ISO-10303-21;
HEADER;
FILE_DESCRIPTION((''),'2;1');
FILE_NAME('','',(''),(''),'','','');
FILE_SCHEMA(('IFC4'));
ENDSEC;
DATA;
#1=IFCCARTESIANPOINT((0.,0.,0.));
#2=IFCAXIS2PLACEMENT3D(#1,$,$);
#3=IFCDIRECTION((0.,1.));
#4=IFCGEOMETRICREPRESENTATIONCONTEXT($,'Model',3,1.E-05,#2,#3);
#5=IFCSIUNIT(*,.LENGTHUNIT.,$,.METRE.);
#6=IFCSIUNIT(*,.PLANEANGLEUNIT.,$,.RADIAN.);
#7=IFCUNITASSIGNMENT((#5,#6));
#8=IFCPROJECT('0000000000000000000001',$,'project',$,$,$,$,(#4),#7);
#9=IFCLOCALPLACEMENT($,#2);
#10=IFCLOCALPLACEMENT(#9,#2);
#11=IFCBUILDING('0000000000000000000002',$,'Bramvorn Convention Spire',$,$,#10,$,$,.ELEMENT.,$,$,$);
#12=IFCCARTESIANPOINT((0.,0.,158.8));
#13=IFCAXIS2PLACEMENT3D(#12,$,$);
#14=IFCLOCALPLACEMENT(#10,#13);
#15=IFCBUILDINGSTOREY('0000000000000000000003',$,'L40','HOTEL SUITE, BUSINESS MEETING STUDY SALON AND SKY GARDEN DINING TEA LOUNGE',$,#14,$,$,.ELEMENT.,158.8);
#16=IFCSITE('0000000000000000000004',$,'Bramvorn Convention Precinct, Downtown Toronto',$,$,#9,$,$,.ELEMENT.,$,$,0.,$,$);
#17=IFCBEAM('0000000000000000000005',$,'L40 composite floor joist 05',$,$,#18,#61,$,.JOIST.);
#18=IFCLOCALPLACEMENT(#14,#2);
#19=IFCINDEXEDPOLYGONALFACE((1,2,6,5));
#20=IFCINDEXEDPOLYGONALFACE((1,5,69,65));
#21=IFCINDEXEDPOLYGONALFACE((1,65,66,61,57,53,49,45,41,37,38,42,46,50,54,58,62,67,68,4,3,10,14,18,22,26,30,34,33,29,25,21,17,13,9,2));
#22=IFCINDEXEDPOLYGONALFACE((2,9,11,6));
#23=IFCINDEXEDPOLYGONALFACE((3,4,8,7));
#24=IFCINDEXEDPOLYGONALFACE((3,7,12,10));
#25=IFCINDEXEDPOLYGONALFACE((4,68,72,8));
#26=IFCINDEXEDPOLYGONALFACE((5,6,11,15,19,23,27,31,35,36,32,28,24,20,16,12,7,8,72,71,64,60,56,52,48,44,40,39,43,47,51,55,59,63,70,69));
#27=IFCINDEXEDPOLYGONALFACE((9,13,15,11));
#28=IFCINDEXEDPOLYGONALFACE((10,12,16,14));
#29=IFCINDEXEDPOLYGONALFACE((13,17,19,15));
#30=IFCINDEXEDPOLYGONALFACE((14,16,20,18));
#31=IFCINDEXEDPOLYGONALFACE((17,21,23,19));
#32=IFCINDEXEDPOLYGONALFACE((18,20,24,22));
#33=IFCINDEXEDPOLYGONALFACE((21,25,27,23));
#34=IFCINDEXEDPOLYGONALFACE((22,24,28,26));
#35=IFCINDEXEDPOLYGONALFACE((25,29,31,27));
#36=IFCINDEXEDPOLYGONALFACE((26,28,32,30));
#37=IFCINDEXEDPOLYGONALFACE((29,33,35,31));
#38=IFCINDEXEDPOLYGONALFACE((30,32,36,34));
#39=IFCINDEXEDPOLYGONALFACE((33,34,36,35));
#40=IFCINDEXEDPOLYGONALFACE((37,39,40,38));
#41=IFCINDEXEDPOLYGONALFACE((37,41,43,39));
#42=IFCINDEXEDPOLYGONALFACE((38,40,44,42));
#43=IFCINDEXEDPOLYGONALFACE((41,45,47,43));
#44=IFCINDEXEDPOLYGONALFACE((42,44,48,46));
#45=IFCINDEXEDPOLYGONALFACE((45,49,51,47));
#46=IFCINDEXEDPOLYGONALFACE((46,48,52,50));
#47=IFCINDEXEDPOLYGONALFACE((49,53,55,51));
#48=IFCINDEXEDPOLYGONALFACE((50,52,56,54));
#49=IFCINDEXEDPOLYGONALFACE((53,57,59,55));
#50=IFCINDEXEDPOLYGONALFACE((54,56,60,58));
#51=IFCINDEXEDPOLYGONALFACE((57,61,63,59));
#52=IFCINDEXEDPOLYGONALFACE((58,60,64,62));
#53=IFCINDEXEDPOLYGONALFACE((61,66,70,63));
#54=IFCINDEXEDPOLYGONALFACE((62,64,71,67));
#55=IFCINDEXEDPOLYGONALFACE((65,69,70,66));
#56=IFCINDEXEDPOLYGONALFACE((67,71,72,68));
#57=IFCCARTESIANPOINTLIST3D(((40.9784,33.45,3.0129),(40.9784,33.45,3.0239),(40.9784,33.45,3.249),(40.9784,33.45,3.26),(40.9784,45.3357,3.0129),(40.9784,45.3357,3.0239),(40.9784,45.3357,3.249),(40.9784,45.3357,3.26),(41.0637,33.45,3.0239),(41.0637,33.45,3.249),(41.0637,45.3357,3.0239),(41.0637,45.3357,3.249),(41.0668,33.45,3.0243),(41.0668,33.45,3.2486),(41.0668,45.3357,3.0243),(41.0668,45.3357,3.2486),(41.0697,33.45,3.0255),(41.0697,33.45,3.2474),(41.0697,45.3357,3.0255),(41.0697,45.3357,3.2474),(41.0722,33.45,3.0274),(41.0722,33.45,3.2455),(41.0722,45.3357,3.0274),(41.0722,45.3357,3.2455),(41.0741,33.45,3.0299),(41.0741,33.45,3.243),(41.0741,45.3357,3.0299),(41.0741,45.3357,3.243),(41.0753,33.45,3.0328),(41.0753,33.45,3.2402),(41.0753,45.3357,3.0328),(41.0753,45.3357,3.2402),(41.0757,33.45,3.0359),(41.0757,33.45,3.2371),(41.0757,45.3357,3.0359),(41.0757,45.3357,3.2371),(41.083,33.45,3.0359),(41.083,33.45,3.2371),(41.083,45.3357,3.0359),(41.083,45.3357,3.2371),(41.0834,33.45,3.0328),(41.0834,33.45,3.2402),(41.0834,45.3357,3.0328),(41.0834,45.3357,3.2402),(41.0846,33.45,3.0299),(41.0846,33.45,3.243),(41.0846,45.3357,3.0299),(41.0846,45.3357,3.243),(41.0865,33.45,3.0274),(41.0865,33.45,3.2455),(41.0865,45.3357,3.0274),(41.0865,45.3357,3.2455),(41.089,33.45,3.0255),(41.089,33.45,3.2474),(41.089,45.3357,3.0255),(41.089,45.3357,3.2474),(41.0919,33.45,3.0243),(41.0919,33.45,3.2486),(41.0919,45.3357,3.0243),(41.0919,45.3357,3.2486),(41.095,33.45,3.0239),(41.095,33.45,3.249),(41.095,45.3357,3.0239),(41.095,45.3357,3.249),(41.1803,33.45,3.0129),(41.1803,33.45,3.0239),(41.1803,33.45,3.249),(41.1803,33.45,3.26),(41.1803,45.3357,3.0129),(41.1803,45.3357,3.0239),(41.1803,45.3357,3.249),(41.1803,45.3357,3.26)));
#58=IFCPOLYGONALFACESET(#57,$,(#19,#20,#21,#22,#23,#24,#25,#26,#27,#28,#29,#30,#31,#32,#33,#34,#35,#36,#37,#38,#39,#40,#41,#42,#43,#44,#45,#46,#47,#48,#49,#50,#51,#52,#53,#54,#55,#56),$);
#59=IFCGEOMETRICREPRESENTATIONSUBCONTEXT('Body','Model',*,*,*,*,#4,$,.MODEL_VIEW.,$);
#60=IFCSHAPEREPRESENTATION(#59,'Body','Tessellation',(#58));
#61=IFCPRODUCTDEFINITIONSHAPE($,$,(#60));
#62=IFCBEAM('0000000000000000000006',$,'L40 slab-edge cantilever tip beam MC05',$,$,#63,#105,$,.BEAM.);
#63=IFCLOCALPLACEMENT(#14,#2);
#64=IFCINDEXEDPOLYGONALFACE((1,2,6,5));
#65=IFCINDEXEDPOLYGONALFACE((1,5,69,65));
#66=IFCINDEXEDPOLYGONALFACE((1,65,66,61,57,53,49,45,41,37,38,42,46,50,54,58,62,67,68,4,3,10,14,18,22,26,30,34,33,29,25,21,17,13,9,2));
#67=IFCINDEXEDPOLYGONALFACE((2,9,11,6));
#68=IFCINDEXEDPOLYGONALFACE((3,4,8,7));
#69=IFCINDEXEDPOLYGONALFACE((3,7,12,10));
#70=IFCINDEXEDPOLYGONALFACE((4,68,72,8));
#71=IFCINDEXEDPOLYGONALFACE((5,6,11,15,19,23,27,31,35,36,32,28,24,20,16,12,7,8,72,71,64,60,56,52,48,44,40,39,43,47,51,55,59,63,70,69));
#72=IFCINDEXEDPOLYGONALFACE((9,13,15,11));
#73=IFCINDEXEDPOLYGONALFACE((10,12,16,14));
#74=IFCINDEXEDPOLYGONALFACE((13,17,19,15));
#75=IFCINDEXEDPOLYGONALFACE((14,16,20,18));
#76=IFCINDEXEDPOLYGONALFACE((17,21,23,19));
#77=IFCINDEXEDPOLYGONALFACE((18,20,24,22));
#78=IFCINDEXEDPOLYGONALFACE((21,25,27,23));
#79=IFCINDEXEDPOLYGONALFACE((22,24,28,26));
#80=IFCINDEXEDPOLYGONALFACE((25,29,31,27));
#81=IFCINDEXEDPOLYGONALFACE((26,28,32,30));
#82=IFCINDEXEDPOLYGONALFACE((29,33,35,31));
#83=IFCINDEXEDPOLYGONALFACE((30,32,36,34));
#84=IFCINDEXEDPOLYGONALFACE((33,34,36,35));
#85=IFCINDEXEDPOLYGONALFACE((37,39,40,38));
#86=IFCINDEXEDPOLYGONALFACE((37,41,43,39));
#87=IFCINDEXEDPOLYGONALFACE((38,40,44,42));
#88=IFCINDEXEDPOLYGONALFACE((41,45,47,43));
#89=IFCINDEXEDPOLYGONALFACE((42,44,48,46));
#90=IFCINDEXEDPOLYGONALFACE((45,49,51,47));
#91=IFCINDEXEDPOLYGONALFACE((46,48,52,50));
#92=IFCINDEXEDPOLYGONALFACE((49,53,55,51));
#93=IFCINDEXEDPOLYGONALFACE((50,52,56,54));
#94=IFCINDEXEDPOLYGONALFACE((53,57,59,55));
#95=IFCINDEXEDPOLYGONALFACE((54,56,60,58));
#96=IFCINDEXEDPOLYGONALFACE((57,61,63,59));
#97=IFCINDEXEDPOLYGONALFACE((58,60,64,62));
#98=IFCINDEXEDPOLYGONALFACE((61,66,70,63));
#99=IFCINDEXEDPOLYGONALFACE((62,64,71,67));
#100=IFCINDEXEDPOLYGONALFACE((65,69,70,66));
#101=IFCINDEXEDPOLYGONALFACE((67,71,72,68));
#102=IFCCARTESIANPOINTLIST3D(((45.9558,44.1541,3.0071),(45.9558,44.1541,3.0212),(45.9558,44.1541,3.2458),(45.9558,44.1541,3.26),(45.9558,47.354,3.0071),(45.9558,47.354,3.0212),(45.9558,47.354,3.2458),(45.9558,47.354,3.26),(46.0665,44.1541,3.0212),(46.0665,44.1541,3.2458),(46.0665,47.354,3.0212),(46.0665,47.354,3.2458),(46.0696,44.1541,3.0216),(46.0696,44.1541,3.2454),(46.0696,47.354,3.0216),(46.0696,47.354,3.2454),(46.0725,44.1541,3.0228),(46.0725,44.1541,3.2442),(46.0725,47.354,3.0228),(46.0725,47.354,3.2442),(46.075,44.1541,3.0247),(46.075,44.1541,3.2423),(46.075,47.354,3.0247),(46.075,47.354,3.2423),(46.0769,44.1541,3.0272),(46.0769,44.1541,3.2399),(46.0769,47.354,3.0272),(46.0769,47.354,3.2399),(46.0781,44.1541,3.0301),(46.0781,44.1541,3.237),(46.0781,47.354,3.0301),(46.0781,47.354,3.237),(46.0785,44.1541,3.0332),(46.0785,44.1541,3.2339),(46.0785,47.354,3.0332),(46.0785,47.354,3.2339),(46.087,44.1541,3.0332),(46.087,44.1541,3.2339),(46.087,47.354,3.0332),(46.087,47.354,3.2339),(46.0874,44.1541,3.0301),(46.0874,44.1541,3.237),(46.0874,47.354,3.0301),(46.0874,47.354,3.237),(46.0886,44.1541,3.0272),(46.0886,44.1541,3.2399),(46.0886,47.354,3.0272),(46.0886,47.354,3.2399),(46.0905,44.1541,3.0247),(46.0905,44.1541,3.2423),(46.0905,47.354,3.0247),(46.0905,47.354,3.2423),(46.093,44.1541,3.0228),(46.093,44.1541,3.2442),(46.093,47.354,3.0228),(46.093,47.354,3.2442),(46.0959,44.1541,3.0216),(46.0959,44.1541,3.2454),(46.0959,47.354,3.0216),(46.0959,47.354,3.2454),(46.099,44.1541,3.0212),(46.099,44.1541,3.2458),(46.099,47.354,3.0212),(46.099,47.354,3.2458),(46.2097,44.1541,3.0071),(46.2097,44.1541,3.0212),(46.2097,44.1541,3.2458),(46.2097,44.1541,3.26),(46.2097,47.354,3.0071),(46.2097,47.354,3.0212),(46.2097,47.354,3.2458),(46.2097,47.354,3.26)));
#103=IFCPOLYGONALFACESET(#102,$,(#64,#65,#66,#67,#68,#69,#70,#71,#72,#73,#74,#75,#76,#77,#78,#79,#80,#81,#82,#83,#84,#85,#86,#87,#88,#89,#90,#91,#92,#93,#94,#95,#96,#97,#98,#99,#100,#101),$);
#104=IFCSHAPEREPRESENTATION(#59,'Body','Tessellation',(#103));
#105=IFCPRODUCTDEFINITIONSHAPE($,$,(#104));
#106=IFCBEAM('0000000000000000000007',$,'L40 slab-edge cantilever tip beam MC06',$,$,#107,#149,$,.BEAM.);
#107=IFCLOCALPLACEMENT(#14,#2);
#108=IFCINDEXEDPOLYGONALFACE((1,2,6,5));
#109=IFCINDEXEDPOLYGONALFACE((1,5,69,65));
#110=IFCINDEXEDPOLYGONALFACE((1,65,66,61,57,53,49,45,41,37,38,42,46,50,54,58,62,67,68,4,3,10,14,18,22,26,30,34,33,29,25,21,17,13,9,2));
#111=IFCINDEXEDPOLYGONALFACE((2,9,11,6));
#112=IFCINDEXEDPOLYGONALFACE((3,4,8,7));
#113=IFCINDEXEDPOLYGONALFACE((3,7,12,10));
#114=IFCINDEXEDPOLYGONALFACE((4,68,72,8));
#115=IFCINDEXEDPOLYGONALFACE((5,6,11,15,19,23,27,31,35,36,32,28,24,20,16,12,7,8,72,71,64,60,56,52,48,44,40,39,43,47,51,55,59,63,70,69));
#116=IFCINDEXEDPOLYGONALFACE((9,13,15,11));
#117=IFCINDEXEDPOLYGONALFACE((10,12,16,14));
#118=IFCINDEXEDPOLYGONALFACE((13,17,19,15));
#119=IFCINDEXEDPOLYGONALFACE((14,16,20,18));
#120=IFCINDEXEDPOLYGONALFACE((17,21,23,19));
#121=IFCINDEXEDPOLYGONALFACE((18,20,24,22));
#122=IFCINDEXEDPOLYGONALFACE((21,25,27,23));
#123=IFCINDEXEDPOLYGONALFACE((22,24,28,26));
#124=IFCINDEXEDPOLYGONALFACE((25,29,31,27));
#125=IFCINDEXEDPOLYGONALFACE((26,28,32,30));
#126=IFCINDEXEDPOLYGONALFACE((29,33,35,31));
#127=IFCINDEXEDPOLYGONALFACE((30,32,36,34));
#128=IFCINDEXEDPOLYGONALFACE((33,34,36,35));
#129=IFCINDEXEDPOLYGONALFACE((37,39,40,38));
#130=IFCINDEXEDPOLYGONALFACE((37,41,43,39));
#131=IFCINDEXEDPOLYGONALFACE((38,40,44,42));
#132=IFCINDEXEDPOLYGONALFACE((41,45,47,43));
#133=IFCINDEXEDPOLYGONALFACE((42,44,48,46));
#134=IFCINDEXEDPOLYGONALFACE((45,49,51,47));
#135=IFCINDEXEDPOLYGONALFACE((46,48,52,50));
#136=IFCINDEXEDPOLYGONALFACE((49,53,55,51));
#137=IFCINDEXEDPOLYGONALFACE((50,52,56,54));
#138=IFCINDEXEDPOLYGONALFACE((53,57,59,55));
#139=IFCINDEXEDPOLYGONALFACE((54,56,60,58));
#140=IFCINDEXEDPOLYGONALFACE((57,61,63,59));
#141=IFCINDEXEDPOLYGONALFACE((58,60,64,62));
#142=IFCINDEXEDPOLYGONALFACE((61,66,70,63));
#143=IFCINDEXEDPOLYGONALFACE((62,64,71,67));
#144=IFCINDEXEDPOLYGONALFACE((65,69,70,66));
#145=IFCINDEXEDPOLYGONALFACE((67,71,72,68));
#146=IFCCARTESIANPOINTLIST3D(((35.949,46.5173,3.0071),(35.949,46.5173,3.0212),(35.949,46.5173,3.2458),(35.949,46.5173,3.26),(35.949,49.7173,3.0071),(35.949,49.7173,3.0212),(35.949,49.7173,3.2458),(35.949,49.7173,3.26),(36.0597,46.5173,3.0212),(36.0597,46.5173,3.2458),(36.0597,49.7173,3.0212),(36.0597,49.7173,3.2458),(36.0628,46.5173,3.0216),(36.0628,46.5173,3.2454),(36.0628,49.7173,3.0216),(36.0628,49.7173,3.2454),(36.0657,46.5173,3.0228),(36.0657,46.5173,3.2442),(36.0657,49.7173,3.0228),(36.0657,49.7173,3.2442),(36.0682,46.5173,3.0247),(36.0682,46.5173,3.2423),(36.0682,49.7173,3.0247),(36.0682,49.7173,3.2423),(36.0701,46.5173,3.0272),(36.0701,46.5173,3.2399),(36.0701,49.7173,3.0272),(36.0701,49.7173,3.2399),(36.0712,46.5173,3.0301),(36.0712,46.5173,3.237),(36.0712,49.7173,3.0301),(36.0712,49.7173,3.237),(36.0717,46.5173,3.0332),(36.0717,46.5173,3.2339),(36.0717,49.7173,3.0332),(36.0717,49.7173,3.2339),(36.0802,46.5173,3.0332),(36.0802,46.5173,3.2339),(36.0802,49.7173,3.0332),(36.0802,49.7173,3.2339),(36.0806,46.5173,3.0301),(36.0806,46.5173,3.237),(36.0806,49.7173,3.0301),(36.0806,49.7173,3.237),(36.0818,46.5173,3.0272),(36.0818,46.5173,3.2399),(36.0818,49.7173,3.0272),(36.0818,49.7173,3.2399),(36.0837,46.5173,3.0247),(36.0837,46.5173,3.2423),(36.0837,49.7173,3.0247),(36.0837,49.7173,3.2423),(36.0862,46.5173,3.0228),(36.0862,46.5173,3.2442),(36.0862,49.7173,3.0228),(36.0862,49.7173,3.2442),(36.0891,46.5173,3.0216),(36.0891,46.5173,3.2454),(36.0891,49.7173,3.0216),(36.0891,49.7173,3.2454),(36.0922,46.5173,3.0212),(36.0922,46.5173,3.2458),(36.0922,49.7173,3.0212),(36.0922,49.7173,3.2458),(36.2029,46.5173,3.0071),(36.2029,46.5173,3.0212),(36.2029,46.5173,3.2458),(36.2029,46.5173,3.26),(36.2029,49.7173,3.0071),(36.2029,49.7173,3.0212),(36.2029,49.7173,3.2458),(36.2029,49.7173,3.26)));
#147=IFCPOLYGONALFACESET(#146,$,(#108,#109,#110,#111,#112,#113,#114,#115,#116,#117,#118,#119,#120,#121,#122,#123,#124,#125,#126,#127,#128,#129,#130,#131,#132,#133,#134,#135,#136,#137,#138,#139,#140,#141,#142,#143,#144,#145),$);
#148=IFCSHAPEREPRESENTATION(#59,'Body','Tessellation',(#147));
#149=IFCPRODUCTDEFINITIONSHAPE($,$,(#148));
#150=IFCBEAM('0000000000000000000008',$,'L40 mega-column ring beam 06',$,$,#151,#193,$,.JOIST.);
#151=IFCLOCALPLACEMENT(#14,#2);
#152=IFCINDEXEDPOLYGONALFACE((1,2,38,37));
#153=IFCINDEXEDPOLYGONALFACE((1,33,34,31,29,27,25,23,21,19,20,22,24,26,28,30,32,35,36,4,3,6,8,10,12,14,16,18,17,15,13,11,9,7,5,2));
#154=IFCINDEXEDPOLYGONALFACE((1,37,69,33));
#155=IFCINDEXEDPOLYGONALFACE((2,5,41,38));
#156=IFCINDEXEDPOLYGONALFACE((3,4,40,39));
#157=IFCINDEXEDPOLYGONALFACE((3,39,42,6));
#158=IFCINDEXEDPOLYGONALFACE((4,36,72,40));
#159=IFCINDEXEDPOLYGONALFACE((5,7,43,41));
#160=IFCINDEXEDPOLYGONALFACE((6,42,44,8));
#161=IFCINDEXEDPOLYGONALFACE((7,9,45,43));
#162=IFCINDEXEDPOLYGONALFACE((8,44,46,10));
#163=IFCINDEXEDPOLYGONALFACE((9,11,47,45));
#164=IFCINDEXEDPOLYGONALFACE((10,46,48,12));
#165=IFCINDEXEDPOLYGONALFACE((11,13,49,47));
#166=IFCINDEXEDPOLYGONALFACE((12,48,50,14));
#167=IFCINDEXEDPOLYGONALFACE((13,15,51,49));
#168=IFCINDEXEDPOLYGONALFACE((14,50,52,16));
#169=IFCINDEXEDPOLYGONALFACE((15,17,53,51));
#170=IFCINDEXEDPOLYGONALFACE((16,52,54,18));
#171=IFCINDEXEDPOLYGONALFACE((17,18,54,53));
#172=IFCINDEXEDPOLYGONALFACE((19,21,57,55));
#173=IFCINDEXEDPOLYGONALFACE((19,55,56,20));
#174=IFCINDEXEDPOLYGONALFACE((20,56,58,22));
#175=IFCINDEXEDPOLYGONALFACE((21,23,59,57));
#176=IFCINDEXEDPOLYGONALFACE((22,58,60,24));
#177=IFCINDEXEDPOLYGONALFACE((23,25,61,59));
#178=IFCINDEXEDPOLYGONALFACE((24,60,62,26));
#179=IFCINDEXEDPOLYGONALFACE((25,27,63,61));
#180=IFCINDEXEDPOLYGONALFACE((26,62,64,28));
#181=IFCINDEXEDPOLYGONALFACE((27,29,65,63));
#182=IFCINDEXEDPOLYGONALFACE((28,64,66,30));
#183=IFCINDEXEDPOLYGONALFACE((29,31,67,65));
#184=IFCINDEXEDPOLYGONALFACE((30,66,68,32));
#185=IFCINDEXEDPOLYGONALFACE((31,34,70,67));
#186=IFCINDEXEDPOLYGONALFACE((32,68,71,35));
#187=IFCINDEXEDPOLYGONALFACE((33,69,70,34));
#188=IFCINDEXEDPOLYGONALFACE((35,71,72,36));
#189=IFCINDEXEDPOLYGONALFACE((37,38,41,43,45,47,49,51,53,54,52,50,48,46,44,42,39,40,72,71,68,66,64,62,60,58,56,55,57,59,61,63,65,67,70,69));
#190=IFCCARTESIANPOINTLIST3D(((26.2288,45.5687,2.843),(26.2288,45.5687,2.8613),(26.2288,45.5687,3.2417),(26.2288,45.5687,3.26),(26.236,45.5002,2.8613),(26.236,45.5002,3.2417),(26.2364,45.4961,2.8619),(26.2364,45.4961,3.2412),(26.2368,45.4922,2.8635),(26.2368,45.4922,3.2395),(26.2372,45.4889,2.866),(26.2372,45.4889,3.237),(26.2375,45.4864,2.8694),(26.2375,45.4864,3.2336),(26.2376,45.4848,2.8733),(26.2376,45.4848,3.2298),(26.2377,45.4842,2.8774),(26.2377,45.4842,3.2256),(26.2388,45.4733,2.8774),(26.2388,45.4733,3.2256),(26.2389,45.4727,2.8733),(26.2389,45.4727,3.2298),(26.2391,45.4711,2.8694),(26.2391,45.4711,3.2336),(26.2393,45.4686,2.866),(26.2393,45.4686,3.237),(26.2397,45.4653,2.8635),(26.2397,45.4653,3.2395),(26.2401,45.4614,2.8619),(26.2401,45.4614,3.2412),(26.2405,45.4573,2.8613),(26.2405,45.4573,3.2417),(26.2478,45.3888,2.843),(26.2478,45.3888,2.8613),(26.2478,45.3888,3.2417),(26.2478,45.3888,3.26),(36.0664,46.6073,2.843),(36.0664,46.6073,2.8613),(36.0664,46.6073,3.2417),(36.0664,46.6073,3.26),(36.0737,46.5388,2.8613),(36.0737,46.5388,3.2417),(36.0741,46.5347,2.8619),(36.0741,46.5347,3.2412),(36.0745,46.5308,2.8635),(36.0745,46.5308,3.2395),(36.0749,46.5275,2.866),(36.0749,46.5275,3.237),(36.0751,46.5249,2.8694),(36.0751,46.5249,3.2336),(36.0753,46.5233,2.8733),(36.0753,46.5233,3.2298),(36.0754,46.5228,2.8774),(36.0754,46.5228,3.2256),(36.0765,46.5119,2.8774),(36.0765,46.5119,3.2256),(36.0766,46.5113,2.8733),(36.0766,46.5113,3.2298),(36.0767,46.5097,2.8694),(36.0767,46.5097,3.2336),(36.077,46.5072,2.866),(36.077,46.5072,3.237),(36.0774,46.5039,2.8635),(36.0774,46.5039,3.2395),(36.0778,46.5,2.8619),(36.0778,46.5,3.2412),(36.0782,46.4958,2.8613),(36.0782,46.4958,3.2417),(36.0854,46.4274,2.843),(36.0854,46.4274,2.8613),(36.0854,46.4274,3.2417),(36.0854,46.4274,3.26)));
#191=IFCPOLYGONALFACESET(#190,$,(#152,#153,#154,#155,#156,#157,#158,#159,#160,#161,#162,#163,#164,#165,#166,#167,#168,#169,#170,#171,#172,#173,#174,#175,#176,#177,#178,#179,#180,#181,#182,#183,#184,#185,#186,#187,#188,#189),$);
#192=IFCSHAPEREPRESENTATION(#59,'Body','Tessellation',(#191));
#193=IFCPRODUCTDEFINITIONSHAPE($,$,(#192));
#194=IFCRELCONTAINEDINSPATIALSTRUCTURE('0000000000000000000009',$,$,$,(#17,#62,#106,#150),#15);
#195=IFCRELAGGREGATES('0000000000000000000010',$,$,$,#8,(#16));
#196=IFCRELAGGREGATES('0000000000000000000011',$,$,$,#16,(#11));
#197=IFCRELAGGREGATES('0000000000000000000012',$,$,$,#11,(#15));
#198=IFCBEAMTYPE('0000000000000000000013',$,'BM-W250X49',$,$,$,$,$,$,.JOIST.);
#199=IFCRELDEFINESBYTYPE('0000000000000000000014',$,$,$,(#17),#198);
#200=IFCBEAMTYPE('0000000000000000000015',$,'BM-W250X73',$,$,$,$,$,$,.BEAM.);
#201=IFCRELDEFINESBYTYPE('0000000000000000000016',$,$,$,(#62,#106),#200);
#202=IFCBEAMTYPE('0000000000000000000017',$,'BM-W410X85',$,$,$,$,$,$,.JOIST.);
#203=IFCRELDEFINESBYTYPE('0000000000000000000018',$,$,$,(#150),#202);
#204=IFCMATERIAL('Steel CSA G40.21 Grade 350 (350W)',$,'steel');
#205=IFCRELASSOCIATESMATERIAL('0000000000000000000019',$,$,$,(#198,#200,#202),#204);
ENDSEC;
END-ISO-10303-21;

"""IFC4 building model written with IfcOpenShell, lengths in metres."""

from ifc_helpers import new_model, si_unit, direction, frame, origin, origin_2d, place, context, subcontext, project, spatial, i_section, extrude, material, material_profile, profile_set, type_object, element, save


model = new_model("IFC4")

# Units and contexts
model_context = context("Model", 3, precision=1e-05, world=origin(), true_north=direction((0.0, 1.0)))
body_context = subcontext(model_context, "Body", "Model", "MODEL_VIEW")
ifc_project = project(units=[si_unit("LENGTHUNIT", "METRE"), si_unit("PLANEANGLEUNIT", "RADIAN")], contexts=[model_context])

# Site, building, storey
site_placement = place(None, origin())
site = spatial("IfcSite", under=ifc_project, at=site_placement, Name="Bramvorn Convention Precinct, Downtown Toronto", CompositionType="ELEMENT", RefElevation=0.0)
building_placement = place(site_placement, origin())
building = spatial("IfcBuilding", under=site, at=building_placement, Name="Bramvorn Convention Spire", CompositionType="ELEMENT")
storey_placement = place(building_placement, frame((0.0, 0.0, 158.8)))
storey = spatial("IfcBuildingStorey", under=building, at=storey_placement, Name="L40", Description="HOTEL SUITE, BUSINESS MEETING STUDY SALON AND SKY GARDEN DINING TEA LOUNGE", CompositionType="ELEMENT", Elevation=158.8)

# Shared definitions
ifc_material_1 = material(Name="Steel CSA G40.21 Grade 350 (350W)", Category="steel")

# Beams
ifc_material_profile_1 = material_profile(ifc_material_1, i_section(OverallWidth=0.2019, OverallDepth=0.2471, WebThickness=0.0073, FlangeThickness=0.011, FilletRadius=0.012, at=origin_2d()))
ifc_profile_set_1 = profile_set([ifc_material_profile_1], Name="Steel CSA G40.21 Grade 350 (350W) - W250X49")
beam_type_1 = type_object("IfcBeamType", Name="BM-W250X49", PredefinedType="JOIST", material=ifc_profile_set_1)
beam_1_placement = place(storey_placement, frame((41.0793, 33.45, 3.1365), z_axis=(0.0, 1.0, 0.0), x_axis=(-1.0, 0.0, 0.0)))
element("IfcBeam", 1, at=beam_1_placement, inside=storey, type_object=beam_type_1, Name="L40 composite floor joist 05", PredefinedType="JOIST", context=body_context, shape_type="SweptSolid", body=[
    extrude(i_section(OverallWidth=0.2019, OverallDepth=0.2471, WebThickness=0.0073, FlangeThickness=0.011, FilletRadius=0.012, at=origin_2d()), origin(), (0.0, 0.0, 1.0), 11.8857),
])
ifc_material_profile_2 = material_profile(ifc_material_1, i_section(OverallWidth=0.2539, OverallDepth=0.2529, WebThickness=0.0085, FlangeThickness=0.0142, FilletRadius=0.012, at=origin_2d()))
ifc_profile_set_2 = profile_set([ifc_material_profile_2], Name="Steel CSA G40.21 Grade 350 (350W) - W250X73")
beam_type_2 = type_object("IfcBeamType", Name="BM-W250X73", PredefinedType="BEAM", material=ifc_profile_set_2)
for number, where, z_axis, x_axis, name in (
    (2, (46.0828, 44.1541, 3.1335), (0.0, 1.0, 0.0), (-1.0, 0.0, 0.0), "L40 slab-edge cantilever tip beam MC05"),
    (3, (36.0759, 46.5173, 3.1335), (0.0, 1.0, 0.0), (-1.0, 0.0, 0.0), "L40 slab-edge cantilever tip beam MC06"),
):
    element("IfcBeam", number, at=place(storey_placement, frame(where, z_axis=z_axis, x_axis=x_axis)), inside=storey, type_object=beam_type_2, Name=name, PredefinedType="BEAM", context=body_context, shape_type="SweptSolid", body=[
        extrude(i_section(OverallWidth=0.2539, OverallDepth=0.2529, WebThickness=0.0085, FlangeThickness=0.0142, FilletRadius=0.012, at=origin_2d()), origin(), (0.0, 0.0, 1.0), 3.2),
    ])
ifc_material_profile_3 = material_profile(ifc_material_1, i_section(OverallWidth=0.1809, OverallDepth=0.417, WebThickness=0.011, FlangeThickness=0.0183, FilletRadius=0.0161, at=origin_2d()))
ifc_profile_set_3 = profile_set([ifc_material_profile_3], Name="Steel CSA G40.21 Grade 350 (350W) - W410X85")
beam_type_3 = type_object("IfcBeamType", Name="BM-W410X85", PredefinedType="JOIST", material=ifc_profile_set_3)
beam_2_placement = place(storey_placement, frame((36.0759, 46.5173, 3.0515), z_axis=(-0.994473, -0.104988, 0.0), x_axis=(0.104988, -0.994473, 0.0)))
element("IfcBeam", 4, at=beam_2_placement, inside=storey, type_object=beam_type_3, Name="L40 mega-column ring beam 06", PredefinedType="JOIST", context=body_context, shape_type="SweptSolid", body=[
    extrude(i_section(OverallWidth=0.1809, OverallDepth=0.417, WebThickness=0.011, FlangeThickness=0.0183, FilletRadius=0.0161, at=origin_2d()), origin(), (0.0, 0.0, 1.0), 9.8923),
])

save(model, "model.ifc")
